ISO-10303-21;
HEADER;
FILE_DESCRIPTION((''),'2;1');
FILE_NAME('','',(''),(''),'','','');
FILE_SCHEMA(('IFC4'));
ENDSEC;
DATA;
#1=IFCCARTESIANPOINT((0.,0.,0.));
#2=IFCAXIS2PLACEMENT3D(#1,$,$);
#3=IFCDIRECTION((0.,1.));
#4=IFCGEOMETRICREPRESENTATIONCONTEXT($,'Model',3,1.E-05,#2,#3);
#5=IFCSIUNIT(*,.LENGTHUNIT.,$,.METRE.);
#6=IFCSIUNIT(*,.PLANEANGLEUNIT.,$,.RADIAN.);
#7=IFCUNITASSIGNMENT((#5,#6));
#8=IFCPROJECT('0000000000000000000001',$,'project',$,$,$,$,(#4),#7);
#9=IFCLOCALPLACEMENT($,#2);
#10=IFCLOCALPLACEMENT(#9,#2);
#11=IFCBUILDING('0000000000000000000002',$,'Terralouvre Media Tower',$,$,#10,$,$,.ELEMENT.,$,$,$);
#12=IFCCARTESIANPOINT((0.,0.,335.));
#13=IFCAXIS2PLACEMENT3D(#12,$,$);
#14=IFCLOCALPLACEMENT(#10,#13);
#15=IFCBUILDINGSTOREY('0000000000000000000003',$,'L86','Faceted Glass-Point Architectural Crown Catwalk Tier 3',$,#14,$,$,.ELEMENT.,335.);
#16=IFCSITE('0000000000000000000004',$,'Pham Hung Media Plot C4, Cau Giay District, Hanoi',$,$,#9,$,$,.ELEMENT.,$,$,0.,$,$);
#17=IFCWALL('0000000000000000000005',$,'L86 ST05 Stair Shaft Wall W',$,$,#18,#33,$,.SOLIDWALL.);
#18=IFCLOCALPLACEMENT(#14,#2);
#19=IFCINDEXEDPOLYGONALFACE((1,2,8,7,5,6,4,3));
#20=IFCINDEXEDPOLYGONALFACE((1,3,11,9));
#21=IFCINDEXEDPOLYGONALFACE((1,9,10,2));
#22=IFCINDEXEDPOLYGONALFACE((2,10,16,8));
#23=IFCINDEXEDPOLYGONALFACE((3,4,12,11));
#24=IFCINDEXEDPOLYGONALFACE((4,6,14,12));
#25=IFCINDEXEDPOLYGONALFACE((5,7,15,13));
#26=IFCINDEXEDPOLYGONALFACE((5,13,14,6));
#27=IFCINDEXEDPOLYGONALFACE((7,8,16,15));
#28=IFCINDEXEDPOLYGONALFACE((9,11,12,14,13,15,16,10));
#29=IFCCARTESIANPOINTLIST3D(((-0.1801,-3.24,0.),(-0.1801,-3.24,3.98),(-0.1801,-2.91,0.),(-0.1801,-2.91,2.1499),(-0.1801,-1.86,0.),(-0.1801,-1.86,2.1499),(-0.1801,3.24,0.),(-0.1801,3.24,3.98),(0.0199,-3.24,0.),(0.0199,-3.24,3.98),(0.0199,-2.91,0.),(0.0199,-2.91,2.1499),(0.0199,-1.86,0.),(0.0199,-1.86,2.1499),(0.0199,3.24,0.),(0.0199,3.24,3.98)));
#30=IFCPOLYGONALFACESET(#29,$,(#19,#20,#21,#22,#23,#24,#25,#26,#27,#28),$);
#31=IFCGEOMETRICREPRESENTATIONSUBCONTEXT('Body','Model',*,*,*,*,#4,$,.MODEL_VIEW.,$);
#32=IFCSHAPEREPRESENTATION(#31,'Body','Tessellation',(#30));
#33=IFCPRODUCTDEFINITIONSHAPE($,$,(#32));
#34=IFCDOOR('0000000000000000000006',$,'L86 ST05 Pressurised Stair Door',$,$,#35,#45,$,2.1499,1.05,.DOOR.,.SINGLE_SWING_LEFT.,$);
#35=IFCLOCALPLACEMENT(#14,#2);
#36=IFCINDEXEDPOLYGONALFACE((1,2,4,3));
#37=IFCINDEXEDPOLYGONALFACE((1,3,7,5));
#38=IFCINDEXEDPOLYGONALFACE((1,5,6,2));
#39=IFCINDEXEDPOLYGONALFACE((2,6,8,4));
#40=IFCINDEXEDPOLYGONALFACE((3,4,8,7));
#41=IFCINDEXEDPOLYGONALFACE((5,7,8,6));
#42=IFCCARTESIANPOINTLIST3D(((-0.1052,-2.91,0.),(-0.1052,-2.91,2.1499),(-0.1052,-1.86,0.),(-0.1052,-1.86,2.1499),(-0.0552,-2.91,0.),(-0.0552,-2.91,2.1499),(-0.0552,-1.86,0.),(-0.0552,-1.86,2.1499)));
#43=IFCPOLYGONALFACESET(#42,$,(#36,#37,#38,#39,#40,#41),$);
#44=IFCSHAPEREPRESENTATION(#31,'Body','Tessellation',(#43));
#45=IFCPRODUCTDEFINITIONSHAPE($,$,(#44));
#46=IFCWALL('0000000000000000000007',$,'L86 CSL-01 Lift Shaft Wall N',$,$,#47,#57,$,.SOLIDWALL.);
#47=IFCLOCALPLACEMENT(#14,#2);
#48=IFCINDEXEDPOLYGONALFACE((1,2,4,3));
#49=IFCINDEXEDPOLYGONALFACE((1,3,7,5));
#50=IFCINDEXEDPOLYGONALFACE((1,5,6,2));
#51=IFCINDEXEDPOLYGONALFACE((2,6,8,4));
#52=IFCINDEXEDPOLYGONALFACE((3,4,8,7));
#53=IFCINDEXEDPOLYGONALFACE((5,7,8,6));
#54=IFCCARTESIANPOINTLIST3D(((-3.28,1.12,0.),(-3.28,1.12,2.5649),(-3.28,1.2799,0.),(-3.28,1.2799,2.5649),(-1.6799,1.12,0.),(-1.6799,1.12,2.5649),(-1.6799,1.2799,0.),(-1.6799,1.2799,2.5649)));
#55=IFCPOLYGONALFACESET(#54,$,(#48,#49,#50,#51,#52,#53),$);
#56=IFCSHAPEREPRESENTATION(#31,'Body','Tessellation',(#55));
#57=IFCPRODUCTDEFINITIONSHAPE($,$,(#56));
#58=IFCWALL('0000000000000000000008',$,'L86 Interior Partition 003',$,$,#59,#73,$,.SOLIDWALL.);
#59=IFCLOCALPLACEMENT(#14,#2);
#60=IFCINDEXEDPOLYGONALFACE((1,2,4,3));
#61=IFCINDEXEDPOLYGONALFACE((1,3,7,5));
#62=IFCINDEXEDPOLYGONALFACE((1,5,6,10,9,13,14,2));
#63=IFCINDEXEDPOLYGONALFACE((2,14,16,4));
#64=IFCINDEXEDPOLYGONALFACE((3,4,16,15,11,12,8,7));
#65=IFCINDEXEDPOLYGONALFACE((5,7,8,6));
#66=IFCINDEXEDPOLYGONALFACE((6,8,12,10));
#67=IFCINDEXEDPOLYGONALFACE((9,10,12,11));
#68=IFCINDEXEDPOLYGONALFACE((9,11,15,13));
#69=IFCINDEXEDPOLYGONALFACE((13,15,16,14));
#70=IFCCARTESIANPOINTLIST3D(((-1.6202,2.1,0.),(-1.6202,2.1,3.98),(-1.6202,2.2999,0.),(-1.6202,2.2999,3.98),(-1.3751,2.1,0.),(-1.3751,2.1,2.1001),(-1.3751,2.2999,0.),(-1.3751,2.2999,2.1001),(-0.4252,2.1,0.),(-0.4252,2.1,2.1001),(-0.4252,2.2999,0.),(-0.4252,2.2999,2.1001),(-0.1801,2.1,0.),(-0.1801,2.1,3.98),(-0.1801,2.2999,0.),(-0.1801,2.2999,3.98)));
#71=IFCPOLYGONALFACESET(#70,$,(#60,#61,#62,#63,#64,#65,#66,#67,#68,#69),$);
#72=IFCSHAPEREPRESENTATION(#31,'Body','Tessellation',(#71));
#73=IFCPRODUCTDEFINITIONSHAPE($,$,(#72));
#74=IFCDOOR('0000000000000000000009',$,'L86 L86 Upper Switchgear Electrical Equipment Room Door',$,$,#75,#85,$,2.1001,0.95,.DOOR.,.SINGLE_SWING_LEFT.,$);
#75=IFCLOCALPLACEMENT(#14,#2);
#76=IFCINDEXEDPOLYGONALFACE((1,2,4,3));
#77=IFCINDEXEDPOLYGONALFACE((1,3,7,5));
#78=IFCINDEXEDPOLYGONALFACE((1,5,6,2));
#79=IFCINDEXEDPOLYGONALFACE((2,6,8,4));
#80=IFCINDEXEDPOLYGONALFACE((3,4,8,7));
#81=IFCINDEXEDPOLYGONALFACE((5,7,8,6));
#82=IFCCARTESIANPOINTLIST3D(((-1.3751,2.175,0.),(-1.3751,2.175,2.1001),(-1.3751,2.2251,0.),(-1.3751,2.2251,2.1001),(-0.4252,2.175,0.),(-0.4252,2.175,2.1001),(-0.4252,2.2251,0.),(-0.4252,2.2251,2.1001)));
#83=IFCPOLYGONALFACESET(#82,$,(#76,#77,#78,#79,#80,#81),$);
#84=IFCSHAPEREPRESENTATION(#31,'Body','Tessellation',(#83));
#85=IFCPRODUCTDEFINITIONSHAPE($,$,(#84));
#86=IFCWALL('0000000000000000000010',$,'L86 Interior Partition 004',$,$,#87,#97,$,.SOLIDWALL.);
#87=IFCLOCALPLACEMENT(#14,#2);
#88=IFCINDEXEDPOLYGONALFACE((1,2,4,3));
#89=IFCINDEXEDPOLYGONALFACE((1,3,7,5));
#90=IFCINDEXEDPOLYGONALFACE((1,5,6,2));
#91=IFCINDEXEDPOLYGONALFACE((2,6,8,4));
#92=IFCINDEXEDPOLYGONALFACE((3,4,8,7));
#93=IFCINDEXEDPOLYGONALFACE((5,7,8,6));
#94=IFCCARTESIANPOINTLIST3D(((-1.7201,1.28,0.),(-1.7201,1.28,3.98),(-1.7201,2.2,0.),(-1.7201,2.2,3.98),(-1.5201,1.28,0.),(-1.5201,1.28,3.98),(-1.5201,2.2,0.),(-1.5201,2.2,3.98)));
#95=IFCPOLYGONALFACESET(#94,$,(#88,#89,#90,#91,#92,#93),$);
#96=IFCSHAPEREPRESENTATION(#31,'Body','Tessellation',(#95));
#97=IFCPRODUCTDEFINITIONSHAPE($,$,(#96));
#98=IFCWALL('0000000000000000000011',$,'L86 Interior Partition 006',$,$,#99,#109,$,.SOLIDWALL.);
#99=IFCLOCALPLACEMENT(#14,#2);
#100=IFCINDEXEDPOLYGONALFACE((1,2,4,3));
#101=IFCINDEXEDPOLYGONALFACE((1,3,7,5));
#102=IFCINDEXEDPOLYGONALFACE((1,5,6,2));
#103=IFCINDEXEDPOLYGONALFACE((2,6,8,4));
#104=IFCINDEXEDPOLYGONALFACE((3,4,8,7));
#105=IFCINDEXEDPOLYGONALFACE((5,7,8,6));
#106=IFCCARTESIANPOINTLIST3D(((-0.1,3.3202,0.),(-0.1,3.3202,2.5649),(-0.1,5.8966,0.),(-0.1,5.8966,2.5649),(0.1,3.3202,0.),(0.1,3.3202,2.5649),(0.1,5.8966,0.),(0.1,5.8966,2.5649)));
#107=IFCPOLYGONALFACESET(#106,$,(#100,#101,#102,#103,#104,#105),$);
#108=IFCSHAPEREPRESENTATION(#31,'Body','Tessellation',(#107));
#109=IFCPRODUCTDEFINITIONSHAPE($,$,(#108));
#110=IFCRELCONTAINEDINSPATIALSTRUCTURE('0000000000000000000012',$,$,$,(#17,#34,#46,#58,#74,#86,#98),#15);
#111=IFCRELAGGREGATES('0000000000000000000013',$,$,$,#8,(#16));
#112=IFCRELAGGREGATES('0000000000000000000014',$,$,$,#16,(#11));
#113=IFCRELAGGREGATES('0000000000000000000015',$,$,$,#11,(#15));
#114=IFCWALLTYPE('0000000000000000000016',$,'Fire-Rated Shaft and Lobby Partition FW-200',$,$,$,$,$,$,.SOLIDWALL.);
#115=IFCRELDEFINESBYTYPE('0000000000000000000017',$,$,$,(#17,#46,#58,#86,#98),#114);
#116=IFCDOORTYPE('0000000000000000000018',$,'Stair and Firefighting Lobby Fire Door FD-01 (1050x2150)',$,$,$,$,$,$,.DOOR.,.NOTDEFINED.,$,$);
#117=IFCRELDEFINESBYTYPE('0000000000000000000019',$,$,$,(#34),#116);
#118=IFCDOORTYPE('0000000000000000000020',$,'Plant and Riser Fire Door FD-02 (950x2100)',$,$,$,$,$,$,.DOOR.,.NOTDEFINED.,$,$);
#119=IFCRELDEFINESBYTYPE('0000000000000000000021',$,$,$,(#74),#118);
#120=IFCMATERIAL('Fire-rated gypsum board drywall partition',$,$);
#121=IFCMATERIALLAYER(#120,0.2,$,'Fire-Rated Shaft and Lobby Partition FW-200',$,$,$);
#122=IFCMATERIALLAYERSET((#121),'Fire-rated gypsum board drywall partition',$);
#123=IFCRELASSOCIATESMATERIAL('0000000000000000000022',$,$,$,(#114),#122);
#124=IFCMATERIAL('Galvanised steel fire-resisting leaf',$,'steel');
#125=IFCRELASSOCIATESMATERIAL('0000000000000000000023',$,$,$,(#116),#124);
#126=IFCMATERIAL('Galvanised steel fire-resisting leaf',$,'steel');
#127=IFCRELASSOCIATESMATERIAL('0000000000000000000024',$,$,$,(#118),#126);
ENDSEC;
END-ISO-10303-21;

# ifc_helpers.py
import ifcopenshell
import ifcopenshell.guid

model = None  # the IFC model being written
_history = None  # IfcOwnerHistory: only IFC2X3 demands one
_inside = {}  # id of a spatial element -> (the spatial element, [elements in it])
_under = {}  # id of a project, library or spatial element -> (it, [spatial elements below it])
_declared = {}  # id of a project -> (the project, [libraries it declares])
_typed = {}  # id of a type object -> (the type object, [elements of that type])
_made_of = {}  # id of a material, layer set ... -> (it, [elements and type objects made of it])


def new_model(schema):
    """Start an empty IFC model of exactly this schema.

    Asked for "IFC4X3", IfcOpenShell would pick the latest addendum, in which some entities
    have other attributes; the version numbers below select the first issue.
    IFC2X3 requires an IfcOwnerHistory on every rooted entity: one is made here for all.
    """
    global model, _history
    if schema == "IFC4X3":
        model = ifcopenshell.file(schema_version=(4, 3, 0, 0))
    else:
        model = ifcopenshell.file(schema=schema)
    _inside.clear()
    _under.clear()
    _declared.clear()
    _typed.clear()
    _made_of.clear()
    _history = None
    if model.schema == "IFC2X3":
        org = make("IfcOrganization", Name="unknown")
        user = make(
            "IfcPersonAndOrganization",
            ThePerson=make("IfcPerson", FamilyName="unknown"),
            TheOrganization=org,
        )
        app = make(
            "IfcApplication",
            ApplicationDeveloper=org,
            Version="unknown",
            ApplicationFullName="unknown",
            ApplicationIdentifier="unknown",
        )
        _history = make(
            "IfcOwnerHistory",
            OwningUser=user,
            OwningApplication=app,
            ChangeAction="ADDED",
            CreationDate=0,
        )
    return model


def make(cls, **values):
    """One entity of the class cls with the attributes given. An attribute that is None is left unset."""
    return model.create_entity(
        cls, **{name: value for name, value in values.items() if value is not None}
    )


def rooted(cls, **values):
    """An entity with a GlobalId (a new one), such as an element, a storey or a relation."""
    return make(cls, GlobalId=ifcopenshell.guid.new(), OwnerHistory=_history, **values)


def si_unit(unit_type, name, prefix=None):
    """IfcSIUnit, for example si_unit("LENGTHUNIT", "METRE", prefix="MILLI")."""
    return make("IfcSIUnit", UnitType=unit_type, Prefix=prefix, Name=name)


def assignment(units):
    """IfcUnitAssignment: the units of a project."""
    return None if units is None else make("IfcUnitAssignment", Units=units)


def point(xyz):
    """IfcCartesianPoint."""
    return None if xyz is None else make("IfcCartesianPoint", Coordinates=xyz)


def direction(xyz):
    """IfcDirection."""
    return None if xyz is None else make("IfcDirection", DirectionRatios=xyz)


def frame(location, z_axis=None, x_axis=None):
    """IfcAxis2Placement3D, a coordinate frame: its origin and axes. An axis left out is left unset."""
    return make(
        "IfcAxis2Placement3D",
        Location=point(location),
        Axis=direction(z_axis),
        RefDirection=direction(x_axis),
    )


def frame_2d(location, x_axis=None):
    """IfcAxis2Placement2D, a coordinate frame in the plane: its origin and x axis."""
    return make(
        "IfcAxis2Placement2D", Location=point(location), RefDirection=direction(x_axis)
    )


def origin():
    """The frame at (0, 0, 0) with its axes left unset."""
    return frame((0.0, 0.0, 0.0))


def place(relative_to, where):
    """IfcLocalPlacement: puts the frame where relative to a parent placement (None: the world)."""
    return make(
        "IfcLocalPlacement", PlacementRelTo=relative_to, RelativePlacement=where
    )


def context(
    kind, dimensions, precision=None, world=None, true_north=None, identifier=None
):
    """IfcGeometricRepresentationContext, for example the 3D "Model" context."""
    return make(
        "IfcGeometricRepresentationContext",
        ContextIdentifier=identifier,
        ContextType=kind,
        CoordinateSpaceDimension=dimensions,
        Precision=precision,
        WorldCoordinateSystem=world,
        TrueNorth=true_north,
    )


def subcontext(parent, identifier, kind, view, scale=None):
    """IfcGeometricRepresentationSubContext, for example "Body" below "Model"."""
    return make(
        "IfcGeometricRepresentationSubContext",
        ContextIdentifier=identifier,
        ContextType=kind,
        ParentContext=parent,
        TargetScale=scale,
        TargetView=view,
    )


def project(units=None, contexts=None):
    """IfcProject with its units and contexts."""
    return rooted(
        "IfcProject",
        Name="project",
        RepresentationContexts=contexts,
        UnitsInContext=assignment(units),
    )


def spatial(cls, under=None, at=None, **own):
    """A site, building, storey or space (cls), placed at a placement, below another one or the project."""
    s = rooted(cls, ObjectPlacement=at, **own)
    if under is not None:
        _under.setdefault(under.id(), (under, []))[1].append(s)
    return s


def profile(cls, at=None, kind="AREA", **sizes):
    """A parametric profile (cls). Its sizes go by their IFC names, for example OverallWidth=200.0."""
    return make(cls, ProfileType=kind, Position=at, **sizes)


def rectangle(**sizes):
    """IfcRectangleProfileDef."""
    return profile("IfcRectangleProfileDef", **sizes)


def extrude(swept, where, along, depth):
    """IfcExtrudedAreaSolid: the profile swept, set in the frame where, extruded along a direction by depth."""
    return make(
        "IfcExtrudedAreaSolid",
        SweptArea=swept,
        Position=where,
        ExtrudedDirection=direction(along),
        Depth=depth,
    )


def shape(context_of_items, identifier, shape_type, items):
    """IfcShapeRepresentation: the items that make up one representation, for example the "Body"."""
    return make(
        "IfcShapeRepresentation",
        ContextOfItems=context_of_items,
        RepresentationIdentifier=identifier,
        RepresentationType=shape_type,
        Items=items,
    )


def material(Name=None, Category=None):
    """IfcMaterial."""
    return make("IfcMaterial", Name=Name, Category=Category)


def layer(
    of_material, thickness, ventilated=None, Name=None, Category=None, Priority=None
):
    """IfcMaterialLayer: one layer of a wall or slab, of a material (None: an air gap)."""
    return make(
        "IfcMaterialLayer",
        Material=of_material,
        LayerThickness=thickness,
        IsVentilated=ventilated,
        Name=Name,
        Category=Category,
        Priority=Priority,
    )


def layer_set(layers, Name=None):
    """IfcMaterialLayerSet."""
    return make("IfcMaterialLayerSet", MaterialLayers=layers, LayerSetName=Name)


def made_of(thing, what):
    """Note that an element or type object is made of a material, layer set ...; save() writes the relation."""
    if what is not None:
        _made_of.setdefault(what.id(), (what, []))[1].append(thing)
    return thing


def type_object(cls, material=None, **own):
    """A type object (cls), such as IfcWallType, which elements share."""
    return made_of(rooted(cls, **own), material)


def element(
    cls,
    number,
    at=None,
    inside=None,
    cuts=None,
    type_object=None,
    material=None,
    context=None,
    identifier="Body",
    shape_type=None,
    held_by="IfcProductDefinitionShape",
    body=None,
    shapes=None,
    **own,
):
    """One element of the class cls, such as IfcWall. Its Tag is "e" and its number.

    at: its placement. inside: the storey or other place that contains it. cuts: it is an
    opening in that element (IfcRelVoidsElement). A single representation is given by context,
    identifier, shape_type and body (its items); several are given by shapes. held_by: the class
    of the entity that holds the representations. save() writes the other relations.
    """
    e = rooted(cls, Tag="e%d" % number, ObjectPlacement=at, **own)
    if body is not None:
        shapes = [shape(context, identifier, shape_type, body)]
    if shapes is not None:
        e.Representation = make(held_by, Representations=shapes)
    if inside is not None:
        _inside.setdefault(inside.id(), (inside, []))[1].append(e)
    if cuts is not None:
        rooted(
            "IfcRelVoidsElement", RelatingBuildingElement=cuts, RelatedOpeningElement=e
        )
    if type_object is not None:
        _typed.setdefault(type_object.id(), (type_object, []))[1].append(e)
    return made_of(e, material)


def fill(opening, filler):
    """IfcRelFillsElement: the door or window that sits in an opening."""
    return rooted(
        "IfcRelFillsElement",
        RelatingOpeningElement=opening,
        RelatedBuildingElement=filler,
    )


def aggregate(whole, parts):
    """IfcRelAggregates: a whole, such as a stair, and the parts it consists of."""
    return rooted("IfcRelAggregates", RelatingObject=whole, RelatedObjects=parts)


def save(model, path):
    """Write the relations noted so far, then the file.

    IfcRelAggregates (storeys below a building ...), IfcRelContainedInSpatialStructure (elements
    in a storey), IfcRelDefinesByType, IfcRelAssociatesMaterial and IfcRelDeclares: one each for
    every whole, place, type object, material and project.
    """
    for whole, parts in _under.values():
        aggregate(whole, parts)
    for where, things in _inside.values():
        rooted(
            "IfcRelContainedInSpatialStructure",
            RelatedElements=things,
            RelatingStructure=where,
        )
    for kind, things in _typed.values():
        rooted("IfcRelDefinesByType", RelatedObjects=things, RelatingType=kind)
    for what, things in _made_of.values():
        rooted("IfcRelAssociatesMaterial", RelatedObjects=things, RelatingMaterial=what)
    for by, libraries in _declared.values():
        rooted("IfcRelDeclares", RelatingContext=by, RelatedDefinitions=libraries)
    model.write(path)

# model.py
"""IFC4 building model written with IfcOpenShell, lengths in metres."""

from ifc_helpers import new_model, si_unit, direction, frame, frame_2d, origin, place, context, subcontext, project, spatial, rectangle, extrude, material, layer, layer_set, type_object, element, fill, save


model = new_model("IFC4")

# Units and contexts
model_context = context("Model", 3, precision=1e-05, world=origin(), true_north=direction((0.0, 1.0)))
body_context = subcontext(model_context, "Body", "Model", "MODEL_VIEW")
ifc_project = project(units=[si_unit("LENGTHUNIT", "METRE"), si_unit("PLANEANGLEUNIT", "RADIAN")], contexts=[model_context])

# Site, building, storey
site_placement = place(None, origin())
site = spatial("IfcSite", under=ifc_project, at=site_placement, Name="Pham Hung Media Plot C4, Cau Giay District, Hanoi", CompositionType="ELEMENT", RefElevation=0.0)
building_placement = place(site_placement, origin())
building = spatial("IfcBuilding", under=site, at=building_placement, Name="Terralouvre Media Tower", CompositionType="ELEMENT")
storey_placement = place(building_placement, frame((0.0, 0.0, 335.0)))
storey = spatial("IfcBuildingStorey", under=building, at=storey_placement, Name="L86", Description="Faceted Glass-Point Architectural Crown Catwalk Tier 3", CompositionType="ELEMENT", Elevation=335.0)

# Wall, opening, door
ifc_material_1 = material(Name="Fire-rated gypsum board drywall partition")
ifc_layer_1 = layer(ifc_material_1, 0.2, Name="Fire-Rated Shaft and Lobby Partition FW-200")
ifc_layer_set_1 = layer_set([ifc_layer_1], Name="Fire-rated gypsum board drywall partition")
wall_type = type_object("IfcWallType", Name="Fire-Rated Shaft and Lobby Partition FW-200", PredefinedType="SOLIDWALL", material=ifc_layer_set_1)
wall_1_placement = place(storey_placement, frame((-0.0801, 3.24, 0.0), z_axis=(0.0, 0.0, 1.0), x_axis=(0.0, -1.0, 0.0)))
wall_1 = element("IfcWall", 1, at=wall_1_placement, inside=storey, type_object=wall_type, Name="L86 ST05 Stair Shaft Wall W", PredefinedType="SOLIDWALL", context=body_context, shape_type="SweptSolid", body=[
    extrude(rectangle(XDim=6.48, YDim=0.2, at=frame_2d((3.24, 0.0))), origin(), (0.0, 0.0, 1.0), 3.98),
])
opening_1_placement = place(wall_1_placement, frame((5.1001, 0.0, 0.0)))
opening_1 = element("IfcOpeningElement", 2, at=opening_1_placement, cuts=wall_1, PredefinedType="OPENING", context=body_context, shape_type="SweptSolid", body=[
    extrude(rectangle(XDim=1.05, YDim=2.1499, at=frame_2d((0.5249, 1.075))), frame((0.0, 0.1099, 0.0), z_axis=(0.0, -1.0, 0.0), x_axis=(1.0, 0.0, 0.0)), (0.0, 0.0, 1.0), 0.22),
])
ifc_material_2 = material(Name="Galvanised steel fire-resisting leaf", Category="steel")
door_type_1 = type_object("IfcDoorType", Name="Stair and Firefighting Lobby Fire Door FD-01 (1050x2150)", OperationType="NOTDEFINED", PredefinedType="DOOR", material=ifc_material_2)
door_1_placement = place(opening_1_placement, origin())
door_1 = element("IfcDoor", 3, at=door_1_placement, inside=storey, type_object=door_type_1, Name="L86 ST05 Pressurised Stair Door", OperationType="SINGLE_SWING_LEFT", OverallHeight=2.1499, OverallWidth=1.05, PredefinedType="DOOR", context=body_context, shape_type="SweptSolid", body=[
    extrude(rectangle(XDim=1.05, YDim=2.1499, at=frame_2d((0.5249, 1.075))), frame((0.0, 0.0249, 0.0), z_axis=(0.0, -1.0, 0.0), x_axis=(1.0, 0.0, 0.0)), (0.0, 0.0, 1.0), 0.05),
])
fill(opening_1, door_1)

# Wall
wall_2_placement = place(storey_placement, frame((-3.28, 1.2, 0.0), z_axis=(0.0, 0.0, 1.0), x_axis=(1.0, 0.0, 0.0)))
element("IfcWall", 4, at=wall_2_placement, inside=storey, type_object=wall_type, Name="L86 CSL-01 Lift Shaft Wall N", PredefinedType="SOLIDWALL", context=body_context, shape_type="SweptSolid", body=[
    extrude(rectangle(XDim=1.6001, YDim=0.1599, at=frame_2d((0.8, 0.0))), origin(), (0.0, 0.0, 1.0), 2.5649),
])

# Wall, opening, door
wall_3_placement = place(storey_placement, frame((-0.1799, 2.2, 0.0), z_axis=(0.0, 0.0, 1.0), x_axis=(-1.0, 0.0, 0.0)))
wall_3 = element("IfcWall", 5, at=wall_3_placement, inside=storey, type_object=wall_type, Name="L86 Interior Partition 003", PredefinedType="SOLIDWALL", context=body_context, shape_type="SweptSolid", body=[
    extrude(rectangle(XDim=1.4402, YDim=0.2, at=frame_2d((0.7202, 0.0))), origin(), (0.0, 0.0, 1.0), 3.98),
])
opening_2_placement = place(wall_3_placement, frame((0.2451, 0.0, 0.0)))
opening_2 = element("IfcOpeningElement", 6, at=opening_2_placement, cuts=wall_3, PredefinedType="OPENING", context=body_context, shape_type="SweptSolid", body=[
    extrude(rectangle(XDim=0.95, YDim=2.1001, at=frame_2d((0.4751, 1.05))), frame((0.0, 0.1099, 0.0), z_axis=(0.0, -1.0, 0.0), x_axis=(1.0, 0.0, 0.0)), (0.0, 0.0, 1.0), 0.22),
])
ifc_material_3 = material(Name="Galvanised steel fire-resisting leaf", Category="steel")
door_type_2 = type_object("IfcDoorType", Name="Plant and Riser Fire Door FD-02 (950x2100)", OperationType="NOTDEFINED", PredefinedType="DOOR", material=ifc_material_3)
door_2_placement = place(opening_2_placement, origin())
door_2 = element("IfcDoor", 7, at=door_2_placement, inside=storey, type_object=door_type_2, Name="L86 L86 Upper Switchgear Electrical Equipment Room Door", OperationType="SINGLE_SWING_LEFT", OverallHeight=2.1001, OverallWidth=0.95, PredefinedType="DOOR", context=body_context, shape_type="SweptSolid", body=[
    extrude(rectangle(XDim=0.95, YDim=2.1001, at=frame_2d((0.4751, 1.05))), frame((0.0, 0.0249, 0.0), z_axis=(0.0, -1.0, 0.0), x_axis=(1.0, 0.0, 0.0)), (0.0, 0.0, 1.0), 0.05),
])
fill(opening_2, door_2)

# Walls
wall_4_placement = place(storey_placement, frame((-1.6201, 2.2, 0.0), z_axis=(0.0, 0.0, 1.0), x_axis=(0.0, -1.0, 0.0)))
element("IfcWall", 8, at=wall_4_placement, inside=storey, type_object=wall_type, Name="L86 Interior Partition 004", PredefinedType="SOLIDWALL", context=body_context, shape_type="SweptSolid", body=[
    extrude(rectangle(XDim=0.9199, YDim=0.2, at=frame_2d((0.46, 0.0))), origin(), (0.0, 0.0, 1.0), 3.98),
])
wall_5_placement = place(storey_placement, frame((0.0, 5.8965, 0.0), z_axis=(0.0, 0.0, 1.0), x_axis=(0.0, -1.0, 0.0)))
element("IfcWall", 9, at=wall_5_placement, inside=storey, type_object=wall_type, Name="L86 Interior Partition 006", PredefinedType="SOLIDWALL", context=body_context, shape_type="SweptSolid", body=[
    extrude(rectangle(XDim=2.5764, YDim=0.2, at=frame_2d((1.2881, 0.0))), origin(), (0.0, 0.0, 1.0), 2.5649),
])

save(model, "model.ifc")
